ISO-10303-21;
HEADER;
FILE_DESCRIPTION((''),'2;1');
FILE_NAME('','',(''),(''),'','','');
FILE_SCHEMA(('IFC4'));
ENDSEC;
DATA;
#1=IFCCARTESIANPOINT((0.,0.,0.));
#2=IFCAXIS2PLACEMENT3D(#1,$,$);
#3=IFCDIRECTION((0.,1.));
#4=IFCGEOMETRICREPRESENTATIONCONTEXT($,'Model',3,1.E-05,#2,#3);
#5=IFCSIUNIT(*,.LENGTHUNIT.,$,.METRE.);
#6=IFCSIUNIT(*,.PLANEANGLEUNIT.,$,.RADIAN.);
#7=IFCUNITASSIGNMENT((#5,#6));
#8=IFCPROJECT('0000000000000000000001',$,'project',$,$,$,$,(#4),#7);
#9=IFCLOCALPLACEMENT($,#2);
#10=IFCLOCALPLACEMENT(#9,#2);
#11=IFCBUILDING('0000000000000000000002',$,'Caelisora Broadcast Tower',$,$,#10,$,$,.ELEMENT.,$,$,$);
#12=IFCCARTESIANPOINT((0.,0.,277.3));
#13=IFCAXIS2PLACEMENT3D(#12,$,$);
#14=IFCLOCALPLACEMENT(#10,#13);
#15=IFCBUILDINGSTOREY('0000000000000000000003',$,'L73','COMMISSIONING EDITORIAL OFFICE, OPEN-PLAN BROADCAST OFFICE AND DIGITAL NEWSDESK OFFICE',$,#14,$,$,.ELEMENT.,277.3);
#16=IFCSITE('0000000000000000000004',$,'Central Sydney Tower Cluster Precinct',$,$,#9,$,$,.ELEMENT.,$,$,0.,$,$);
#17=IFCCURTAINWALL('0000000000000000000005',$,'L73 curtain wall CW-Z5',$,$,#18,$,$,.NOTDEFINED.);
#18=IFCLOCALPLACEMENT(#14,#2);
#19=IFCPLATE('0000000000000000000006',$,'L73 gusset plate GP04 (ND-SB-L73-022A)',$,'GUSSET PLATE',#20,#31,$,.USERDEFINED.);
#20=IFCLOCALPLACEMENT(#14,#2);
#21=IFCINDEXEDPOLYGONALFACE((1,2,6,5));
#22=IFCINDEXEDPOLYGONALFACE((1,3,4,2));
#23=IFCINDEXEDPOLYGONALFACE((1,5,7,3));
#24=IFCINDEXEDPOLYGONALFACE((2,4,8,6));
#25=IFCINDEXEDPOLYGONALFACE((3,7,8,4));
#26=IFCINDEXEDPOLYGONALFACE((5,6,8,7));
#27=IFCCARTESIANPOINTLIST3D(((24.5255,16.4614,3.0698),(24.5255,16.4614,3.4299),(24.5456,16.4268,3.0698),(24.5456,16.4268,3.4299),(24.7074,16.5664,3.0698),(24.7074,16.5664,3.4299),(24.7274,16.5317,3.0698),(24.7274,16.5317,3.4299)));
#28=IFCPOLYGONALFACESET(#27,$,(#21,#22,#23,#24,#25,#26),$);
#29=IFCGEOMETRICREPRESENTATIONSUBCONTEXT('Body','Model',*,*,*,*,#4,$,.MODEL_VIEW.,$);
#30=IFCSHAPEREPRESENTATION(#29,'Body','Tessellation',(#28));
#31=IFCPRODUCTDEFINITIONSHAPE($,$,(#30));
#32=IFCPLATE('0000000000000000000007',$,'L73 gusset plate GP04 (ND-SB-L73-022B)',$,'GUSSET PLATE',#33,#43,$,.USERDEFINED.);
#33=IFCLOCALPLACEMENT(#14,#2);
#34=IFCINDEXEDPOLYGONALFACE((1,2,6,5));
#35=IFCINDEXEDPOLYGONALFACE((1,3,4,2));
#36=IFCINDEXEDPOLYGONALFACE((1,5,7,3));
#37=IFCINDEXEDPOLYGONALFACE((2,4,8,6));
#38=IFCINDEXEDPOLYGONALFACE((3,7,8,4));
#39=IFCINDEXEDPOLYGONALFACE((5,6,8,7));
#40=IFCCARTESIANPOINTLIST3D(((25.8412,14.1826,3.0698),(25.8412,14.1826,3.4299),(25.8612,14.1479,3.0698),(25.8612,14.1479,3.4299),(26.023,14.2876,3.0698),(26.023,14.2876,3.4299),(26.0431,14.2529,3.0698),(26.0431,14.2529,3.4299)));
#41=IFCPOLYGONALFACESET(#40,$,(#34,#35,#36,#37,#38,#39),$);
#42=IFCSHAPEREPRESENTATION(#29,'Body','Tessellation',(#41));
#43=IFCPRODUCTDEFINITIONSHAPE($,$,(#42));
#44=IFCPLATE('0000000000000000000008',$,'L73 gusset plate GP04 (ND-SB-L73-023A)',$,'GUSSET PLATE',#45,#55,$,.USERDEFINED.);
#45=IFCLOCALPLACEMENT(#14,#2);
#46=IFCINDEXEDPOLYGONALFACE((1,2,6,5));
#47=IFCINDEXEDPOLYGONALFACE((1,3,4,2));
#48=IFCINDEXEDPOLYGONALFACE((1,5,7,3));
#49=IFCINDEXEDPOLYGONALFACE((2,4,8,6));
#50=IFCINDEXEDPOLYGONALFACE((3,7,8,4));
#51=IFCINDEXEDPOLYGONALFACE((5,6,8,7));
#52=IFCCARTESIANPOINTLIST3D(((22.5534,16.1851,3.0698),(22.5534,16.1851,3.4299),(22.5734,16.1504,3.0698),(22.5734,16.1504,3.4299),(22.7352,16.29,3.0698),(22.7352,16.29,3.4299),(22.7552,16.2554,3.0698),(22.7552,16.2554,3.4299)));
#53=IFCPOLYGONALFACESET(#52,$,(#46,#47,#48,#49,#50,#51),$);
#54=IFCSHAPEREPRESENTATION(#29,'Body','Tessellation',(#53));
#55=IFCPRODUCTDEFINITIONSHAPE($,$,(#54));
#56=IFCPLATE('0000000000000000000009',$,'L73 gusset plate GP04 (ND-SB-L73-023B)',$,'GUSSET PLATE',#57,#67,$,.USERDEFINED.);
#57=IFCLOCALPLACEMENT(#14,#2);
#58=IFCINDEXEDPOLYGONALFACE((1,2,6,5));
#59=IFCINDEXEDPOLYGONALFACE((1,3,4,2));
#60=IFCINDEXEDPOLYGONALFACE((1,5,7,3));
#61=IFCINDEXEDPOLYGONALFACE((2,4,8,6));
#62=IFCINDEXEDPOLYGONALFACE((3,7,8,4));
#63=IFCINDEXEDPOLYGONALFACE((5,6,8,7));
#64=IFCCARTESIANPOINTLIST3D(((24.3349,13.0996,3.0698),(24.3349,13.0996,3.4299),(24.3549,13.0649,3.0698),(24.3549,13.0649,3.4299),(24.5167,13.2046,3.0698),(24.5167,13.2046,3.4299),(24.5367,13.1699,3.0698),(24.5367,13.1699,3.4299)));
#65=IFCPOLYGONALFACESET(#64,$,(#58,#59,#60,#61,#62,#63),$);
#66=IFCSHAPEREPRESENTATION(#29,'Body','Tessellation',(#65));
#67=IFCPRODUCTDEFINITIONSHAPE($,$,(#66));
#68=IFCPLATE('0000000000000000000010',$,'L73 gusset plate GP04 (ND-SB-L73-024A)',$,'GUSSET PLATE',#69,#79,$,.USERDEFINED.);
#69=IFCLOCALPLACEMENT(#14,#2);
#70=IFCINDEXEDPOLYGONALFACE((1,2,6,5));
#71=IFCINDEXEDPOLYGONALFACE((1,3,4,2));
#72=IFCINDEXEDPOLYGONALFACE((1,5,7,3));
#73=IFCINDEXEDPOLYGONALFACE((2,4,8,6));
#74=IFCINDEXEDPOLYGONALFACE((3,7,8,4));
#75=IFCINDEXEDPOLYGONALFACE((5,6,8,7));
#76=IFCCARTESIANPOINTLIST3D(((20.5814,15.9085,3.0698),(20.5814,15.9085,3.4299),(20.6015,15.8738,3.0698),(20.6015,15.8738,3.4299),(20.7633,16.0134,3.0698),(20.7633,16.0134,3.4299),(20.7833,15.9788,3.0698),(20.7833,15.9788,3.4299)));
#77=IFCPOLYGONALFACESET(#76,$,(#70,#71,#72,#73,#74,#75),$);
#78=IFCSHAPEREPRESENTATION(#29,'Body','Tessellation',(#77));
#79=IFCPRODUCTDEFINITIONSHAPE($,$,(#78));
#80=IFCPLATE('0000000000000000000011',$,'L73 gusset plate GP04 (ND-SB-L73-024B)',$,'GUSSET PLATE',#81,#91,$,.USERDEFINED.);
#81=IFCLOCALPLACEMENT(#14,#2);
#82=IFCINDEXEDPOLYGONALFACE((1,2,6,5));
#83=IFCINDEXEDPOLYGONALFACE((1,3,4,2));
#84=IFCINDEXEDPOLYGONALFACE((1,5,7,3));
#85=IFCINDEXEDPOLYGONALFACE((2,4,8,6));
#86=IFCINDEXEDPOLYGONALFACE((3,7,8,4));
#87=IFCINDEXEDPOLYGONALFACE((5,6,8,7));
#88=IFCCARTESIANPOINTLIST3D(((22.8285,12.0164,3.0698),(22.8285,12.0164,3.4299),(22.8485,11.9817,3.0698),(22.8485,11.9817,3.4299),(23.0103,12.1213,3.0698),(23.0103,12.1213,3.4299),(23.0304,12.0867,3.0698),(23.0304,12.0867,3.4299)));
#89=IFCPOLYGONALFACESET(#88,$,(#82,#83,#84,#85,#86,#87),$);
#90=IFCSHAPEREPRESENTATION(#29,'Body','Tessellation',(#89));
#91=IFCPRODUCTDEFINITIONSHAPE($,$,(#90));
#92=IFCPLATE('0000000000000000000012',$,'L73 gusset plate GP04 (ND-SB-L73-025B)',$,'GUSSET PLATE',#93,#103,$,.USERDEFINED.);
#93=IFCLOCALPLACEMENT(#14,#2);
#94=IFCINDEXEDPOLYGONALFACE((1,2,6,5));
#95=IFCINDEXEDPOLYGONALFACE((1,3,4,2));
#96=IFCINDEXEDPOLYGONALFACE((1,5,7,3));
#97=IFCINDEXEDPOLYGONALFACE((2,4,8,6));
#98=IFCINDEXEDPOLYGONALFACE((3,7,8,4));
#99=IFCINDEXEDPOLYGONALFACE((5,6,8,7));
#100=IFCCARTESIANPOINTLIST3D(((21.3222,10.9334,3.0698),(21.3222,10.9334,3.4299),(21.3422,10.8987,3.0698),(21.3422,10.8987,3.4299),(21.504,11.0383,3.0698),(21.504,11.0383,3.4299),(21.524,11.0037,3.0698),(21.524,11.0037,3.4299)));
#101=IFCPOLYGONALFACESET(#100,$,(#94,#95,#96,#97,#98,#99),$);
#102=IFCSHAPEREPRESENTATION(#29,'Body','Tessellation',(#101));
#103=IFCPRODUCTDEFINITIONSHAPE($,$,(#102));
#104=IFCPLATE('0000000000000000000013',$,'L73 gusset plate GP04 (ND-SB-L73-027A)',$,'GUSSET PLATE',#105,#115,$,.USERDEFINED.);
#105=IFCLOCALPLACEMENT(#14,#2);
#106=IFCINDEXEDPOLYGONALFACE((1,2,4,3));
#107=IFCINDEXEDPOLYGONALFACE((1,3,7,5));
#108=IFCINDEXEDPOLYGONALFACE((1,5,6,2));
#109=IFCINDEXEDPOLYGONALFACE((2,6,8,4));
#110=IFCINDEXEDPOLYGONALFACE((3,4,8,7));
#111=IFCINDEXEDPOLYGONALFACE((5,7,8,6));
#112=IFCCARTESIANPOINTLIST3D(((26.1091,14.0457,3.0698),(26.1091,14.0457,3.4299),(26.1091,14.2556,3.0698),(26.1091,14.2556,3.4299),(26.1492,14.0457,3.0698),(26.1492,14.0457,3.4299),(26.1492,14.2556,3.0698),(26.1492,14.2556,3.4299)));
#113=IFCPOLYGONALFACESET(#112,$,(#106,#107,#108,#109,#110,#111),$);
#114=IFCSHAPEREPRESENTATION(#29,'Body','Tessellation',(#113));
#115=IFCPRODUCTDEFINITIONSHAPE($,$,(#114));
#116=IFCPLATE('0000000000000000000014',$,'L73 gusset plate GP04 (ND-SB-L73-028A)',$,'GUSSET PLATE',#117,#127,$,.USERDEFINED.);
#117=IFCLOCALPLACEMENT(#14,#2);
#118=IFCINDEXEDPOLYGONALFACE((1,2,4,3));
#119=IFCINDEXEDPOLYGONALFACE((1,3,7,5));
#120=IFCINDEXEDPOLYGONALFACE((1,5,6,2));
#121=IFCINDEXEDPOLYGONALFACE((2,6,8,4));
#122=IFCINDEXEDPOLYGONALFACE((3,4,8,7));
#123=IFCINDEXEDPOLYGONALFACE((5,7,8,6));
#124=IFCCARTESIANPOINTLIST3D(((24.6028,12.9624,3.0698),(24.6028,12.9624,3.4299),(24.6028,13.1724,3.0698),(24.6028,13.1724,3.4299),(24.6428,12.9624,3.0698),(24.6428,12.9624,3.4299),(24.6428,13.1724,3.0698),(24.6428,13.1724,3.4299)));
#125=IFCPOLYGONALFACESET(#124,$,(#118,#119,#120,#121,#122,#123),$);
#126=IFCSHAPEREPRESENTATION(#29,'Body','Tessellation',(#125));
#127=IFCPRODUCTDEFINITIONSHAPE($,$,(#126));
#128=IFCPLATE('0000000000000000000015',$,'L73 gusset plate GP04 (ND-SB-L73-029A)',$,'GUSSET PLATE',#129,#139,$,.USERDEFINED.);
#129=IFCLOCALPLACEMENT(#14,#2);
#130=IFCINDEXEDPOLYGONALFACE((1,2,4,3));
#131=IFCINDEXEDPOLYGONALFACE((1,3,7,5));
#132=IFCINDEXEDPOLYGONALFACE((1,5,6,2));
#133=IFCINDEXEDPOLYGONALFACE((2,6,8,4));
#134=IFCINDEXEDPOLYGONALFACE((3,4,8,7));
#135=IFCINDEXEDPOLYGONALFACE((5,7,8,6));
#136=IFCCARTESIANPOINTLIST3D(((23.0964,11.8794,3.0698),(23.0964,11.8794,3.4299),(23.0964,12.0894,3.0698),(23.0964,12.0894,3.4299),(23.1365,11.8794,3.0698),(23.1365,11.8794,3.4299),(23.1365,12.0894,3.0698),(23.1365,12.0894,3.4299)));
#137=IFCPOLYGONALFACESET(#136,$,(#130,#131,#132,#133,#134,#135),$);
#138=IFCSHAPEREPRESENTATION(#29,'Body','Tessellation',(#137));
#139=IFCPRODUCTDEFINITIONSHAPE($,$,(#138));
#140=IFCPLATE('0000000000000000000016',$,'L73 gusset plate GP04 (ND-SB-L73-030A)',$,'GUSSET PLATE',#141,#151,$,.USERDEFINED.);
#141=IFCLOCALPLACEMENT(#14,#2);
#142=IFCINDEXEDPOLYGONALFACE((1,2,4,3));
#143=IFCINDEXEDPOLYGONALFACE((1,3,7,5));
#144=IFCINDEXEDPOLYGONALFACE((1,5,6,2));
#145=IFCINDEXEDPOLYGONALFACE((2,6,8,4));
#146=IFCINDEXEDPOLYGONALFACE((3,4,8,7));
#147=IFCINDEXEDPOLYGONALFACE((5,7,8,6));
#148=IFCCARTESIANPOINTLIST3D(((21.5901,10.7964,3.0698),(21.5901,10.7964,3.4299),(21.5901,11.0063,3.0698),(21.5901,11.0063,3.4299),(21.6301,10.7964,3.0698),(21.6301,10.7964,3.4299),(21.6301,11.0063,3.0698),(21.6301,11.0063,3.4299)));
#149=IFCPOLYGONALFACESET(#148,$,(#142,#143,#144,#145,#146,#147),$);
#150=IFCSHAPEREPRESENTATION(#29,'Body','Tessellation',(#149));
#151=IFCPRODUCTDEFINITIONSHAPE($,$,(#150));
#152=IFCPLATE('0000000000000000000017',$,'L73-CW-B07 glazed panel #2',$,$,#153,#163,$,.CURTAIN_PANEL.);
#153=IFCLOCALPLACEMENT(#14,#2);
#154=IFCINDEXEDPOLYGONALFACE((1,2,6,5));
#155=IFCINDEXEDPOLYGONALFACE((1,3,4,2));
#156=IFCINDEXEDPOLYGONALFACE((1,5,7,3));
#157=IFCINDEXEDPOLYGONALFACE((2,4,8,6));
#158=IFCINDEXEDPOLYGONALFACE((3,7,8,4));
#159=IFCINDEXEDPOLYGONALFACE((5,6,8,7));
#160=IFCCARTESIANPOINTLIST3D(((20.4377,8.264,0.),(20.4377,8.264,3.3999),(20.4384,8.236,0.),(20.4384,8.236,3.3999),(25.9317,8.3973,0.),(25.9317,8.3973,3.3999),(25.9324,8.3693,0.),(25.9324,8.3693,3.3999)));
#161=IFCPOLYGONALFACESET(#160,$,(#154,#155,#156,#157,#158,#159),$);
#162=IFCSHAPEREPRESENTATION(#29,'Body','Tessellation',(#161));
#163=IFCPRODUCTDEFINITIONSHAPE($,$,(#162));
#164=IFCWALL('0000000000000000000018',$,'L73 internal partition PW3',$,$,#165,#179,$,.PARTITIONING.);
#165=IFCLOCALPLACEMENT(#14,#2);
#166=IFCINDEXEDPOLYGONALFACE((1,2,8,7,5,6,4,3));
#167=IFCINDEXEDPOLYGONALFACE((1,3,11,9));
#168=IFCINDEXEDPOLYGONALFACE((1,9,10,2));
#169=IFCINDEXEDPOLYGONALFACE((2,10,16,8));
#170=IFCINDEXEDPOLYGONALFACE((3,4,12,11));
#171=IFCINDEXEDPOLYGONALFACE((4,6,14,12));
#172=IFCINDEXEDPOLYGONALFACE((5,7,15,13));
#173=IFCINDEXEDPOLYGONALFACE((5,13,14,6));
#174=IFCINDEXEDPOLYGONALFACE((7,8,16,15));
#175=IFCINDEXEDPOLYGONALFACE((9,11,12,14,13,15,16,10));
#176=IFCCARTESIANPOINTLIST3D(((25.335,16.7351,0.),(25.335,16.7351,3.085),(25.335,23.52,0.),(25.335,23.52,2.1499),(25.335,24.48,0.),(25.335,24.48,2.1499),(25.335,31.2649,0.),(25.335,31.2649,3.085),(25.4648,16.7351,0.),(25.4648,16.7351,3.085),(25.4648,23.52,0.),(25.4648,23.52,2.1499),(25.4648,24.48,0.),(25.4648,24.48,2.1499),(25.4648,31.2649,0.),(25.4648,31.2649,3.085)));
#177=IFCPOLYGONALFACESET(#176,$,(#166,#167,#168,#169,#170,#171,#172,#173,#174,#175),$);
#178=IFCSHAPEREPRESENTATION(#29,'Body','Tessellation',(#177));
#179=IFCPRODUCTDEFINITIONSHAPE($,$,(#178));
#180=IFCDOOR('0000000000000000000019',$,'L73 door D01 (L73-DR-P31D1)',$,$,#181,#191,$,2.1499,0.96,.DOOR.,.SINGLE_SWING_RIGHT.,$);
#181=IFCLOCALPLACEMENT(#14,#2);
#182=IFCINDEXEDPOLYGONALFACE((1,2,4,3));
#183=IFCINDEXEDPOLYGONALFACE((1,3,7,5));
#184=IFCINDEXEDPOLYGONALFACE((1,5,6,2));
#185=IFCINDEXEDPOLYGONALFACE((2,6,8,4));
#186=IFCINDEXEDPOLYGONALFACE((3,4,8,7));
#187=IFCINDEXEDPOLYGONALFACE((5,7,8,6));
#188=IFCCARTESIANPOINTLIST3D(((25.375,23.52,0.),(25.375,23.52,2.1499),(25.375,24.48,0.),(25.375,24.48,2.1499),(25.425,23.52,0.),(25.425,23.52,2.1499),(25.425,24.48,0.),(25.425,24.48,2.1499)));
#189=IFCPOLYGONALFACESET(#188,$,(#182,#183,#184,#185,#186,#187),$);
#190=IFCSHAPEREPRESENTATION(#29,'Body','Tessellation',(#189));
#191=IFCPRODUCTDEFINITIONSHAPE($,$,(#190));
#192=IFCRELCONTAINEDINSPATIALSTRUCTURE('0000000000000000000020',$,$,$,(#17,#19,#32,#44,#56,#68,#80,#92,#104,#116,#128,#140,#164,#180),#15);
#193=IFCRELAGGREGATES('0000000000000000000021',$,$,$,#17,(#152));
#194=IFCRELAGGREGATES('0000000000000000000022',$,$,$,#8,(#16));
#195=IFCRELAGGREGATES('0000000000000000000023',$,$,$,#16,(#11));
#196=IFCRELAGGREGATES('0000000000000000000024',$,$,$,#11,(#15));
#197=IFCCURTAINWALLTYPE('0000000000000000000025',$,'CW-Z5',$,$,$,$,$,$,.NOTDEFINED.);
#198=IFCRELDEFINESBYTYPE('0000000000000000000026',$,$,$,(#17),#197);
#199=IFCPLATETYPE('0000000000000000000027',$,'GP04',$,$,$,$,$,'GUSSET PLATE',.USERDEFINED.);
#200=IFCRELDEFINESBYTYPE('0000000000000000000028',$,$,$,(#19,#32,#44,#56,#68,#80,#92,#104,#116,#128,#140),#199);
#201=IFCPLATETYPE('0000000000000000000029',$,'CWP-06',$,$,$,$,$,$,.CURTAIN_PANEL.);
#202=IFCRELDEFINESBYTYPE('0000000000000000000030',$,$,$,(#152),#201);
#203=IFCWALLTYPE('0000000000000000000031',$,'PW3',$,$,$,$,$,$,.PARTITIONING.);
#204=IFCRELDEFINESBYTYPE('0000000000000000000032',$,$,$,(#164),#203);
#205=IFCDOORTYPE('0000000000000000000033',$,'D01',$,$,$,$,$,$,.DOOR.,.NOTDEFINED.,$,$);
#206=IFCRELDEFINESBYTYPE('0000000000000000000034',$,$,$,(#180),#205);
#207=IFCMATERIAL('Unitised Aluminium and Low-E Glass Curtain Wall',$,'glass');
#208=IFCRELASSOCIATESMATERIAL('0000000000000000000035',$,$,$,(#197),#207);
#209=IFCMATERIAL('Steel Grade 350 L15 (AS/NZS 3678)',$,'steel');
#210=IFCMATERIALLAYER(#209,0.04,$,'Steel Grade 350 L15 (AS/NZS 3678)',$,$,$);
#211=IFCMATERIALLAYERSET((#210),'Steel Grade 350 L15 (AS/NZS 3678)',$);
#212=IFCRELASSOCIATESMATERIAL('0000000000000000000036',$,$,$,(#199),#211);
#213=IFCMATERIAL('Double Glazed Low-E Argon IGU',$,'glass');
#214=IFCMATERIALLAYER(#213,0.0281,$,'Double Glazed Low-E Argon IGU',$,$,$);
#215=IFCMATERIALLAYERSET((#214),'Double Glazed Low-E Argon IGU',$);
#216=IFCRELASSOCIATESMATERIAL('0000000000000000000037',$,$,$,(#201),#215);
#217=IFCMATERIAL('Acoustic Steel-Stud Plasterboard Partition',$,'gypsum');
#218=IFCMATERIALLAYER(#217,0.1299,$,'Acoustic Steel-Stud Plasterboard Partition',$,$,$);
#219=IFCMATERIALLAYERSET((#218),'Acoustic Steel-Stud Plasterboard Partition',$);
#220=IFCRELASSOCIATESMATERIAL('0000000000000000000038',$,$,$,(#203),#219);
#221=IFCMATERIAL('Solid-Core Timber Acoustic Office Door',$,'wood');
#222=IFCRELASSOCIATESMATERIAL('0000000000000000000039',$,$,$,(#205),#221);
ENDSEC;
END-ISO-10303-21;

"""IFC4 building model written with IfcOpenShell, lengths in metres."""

from ifc_helpers import new_model, si_unit, direction, frame, frame_2d, origin, origin_2d, place, context, subcontext, project, spatial, rectangle, extrude, source, transform, mapped, material, layer, layer_set, type_object, type_shapes, element, fill, aggregate, save


model = new_model("IFC4")

# Units and contexts
model_context = context("Model", 3, precision=1e-05, world=origin(), true_north=direction((0.0, 1.0)))
body_context = subcontext(model_context, "Body", "Model", "MODEL_VIEW")
ifc_project = project(units=[si_unit("LENGTHUNIT", "METRE"), si_unit("PLANEANGLEUNIT", "RADIAN")], contexts=[model_context])

# Site, building, storey
site_placement = place(None, origin())
site = spatial("IfcSite", under=ifc_project, at=site_placement, Name="Central Sydney Tower Cluster Precinct", CompositionType="ELEMENT", RefElevation=0.0)
building_placement = place(site_placement, origin())
building = spatial("IfcBuilding", under=site, at=building_placement, Name="Caelisora Broadcast Tower", CompositionType="ELEMENT")
storey_placement = place(building_placement, frame((0.0, 0.0, 277.3)))
storey = spatial("IfcBuildingStorey", under=building, at=storey_placement, Name="L73", Description="COMMISSIONING EDITORIAL OFFICE, OPEN-PLAN BROADCAST OFFICE AND DIGITAL NEWSDESK OFFICE", CompositionType="ELEMENT", Elevation=277.3)

# Curtain wall
ifc_material_1 = material(Name="Unitised Aluminium and Low-E Glass Curtain Wall", Category="glass")
curtain_wall_type = type_object("IfcCurtainWallType", Name="CW-Z5", PredefinedType="NOTDEFINED", material=ifc_material_1)
curtain_wall_placement = place(storey_placement, origin())
curtain_wall = element("IfcCurtainWall", 1, at=curtain_wall_placement, inside=storey, type_object=curtain_wall_type, Name="L73 curtain wall CW-Z5", PredefinedType="NOTDEFINED")

# Plates
ifc_material_2 = material(Name="Steel Grade 350 L15 (AS/NZS 3678)", Category="steel")
ifc_layer_1 = layer(ifc_material_2, 0.04, Name="Steel Grade 350 L15 (AS/NZS 3678)")
ifc_layer_set_1 = layer_set([ifc_layer_1], Name="Steel Grade 350 L15 (AS/NZS 3678)")
plate_type_1 = type_object("IfcPlateType", Name="GP04", ElementType="GUSSET PLATE", PredefinedType="USERDEFINED", material=ifc_layer_set_1)
shared_shape_1 = source(origin(), body_context, "Body", "SweptSolid", [
    extrude(rectangle(XDim=0.21, YDim=0.04, at=origin_2d()), origin(), (0.0, 0.0, 1.0), 0.3601),
])
type_shapes(plate_type_1, [shared_shape_1])
for number, where, z_axis, x_axis, name in (
    (2, (24.6265, 16.4966, 3.0698), (0.0, 0.0, 1.0), (0.866025, 0.5, 0.0), "L73 gusset plate GP04 (ND-SB-L73-022A)"),
    (3, (25.9421, 14.2178, 3.0698), (0.0, 0.0, 1.0), (0.866025, 0.5, 0.0), "L73 gusset plate GP04 (ND-SB-L73-022B)"),
    (4, (22.6543, 16.2202, 3.0698), (0.0, 0.0, 1.0), (0.866025, 0.5, 0.0), "L73 gusset plate GP04 (ND-SB-L73-023A)"),
    (5, (24.4358, 13.1348, 3.0698), (0.0, 0.0, 1.0), (0.866025, 0.5, 0.0), "L73 gusset plate GP04 (ND-SB-L73-023B)"),
    (6, (20.6824, 15.9436, 3.0698), (0.0, 0.0, 1.0), (0.866025, 0.5, 0.0), "L73 gusset plate GP04 (ND-SB-L73-024A)"),
    (7, (22.9294, 12.0515, 3.0698), (0.0, 0.0, 1.0), (0.866025, 0.5, 0.0), "L73 gusset plate GP04 (ND-SB-L73-024B)"),
    (8, (21.4231, 10.9685, 3.0698), (0.0, 0.0, 1.0), (0.866025, 0.5, 0.0), "L73 gusset plate GP04 (ND-SB-L73-025B)"),
    (9, (26.1292, 14.1506, 3.0698), (0.0, 0.0, 1.0), (0.0, 1.0, 0.0), "L73 gusset plate GP04 (ND-SB-L73-027A)"),
    (10, (24.6228, 13.0674, 3.0698), (0.0, 0.0, 1.0), (0.0, 1.0, 0.0), "L73 gusset plate GP04 (ND-SB-L73-028A)"),
    (11, (23.1165, 11.9844, 3.0698), (0.0, 0.0, 1.0), (0.0, 1.0, 0.0), "L73 gusset plate GP04 (ND-SB-L73-029A)"),
    (12, (21.6101, 10.9014, 3.0698), (0.0, 0.0, 1.0), (0.0, 1.0, 0.0), "L73 gusset plate GP04 (ND-SB-L73-030A)"),
):
    element("IfcPlate", number, at=place(storey_placement, frame(where, z_axis=z_axis, x_axis=x_axis)), inside=storey, type_object=plate_type_1, Name=name, ObjectType="GUSSET PLATE", PredefinedType="USERDEFINED", context=body_context, shape_type="MappedRepresentation", body=[
        mapped(shared_shape_1, transform((0.0, 0.0, 0.0), scale=1.0)),
    ])

# Plate
ifc_material_3 = material(Name="Double Glazed Low-E Argon IGU", Category="glass")
ifc_layer_2 = layer(ifc_material_3, 0.0281, Name="Double Glazed Low-E Argon IGU")
ifc_layer_set_2 = layer_set([ifc_layer_2], Name="Double Glazed Low-E Argon IGU")
plate_type_2 = type_object("IfcPlateType", Name="CWP-06", PredefinedType="CURTAIN_PANEL", material=ifc_layer_set_2)
shared_shape_2 = source(origin(), body_context, "Body", "SweptSolid", [
    extrude(rectangle(XDim=5.4956, YDim=0.0281, at=origin_2d()), origin(), (0.0, 0.0, 1.0), 3.3999),
])
type_shapes(plate_type_2, [shared_shape_2])
plate_placement = place(storey_placement, frame((23.1851, 8.3167, 0.0), z_axis=(0.0, 0.0, 1.0), x_axis=(-0.999706, -0.024258, 0.0)))
plate = element("IfcPlate", 13, at=plate_placement, type_object=plate_type_2, Name="L73-CW-B07 glazed panel #2", PredefinedType="CURTAIN_PANEL", context=body_context, shape_type="MappedRepresentation", body=[
    mapped(shared_shape_2, transform((0.0, 0.0, 0.0), scale=1.0)),
])
aggregate(curtain_wall, [plate])

# Wall, opening, door
ifc_material_4 = material(Name="Acoustic Steel-Stud Plasterboard Partition", Category="gypsum")
ifc_layer_3 = layer(ifc_material_4, 0.1299, Name="Acoustic Steel-Stud Plasterboard Partition")
ifc_layer_set_3 = layer_set([ifc_layer_3], Name="Acoustic Steel-Stud Plasterboard Partition")
wall_type = type_object("IfcWallType", Name="PW3", PredefinedType="PARTITIONING", material=ifc_layer_set_3)
wall_1_placement = place(storey_placement, frame((25.3999, 16.7351, 0.0), z_axis=(0.0, 0.0, 1.0), x_axis=(0.0, 1.0, 0.0)))
wall_1 = element("IfcWall", 14, at=wall_1_placement, inside=storey, type_object=wall_type, Name="L73 internal partition PW3", PredefinedType="PARTITIONING", context=body_context, shape_type="SweptSolid", body=[
    extrude(rectangle(XDim=14.5298, YDim=0.1299, at=frame_2d((7.2649, 0.0))), origin(), (0.0, 0.0, 1.0), 3.085),
])
opening_1_placement = place(wall_1_placement, frame((6.7849, 0.0, 0.0)))
opening_1 = element("IfcOpeningElement", 15, at=opening_1_placement, cuts=wall_1, PredefinedType="OPENING", context=body_context, shape_type="SweptSolid", body=[
    extrude(rectangle(XDim=0.96, YDim=2.1499, at=frame_2d((0.48, 1.075))), frame((0.0, 0.0769, 0.0), z_axis=(0.0, -1.0, 0.0), x_axis=(1.0, 0.0, 0.0)), (0.0, 0.0, 1.0), 0.1538),
])
ifc_material_5 = material(Name="Solid-Core Timber Acoustic Office Door", Category="wood")
door_type = type_object("IfcDoorType", Name="D01", OperationType="NOTDEFINED", PredefinedType="DOOR", material=ifc_material_5)
door_1_placement = place(opening_1_placement, origin())
door_1 = element("IfcDoor", 16, at=door_1_placement, inside=storey, type_object=door_type, Name="L73 door D01 (L73-DR-P31D1)", OperationType="SINGLE_SWING_RIGHT", OverallHeight=2.1499, OverallWidth=0.96, PredefinedType="DOOR", context=body_context, shape_type="SweptSolid", body=[
    extrude(rectangle(XDim=0.96, YDim=2.1499, at=frame_2d((0.48, 1.075))), frame((0.0, 0.0249, 0.0), z_axis=(0.0, -1.0, 0.0), x_axis=(1.0, 0.0, 0.0)), (0.0, 0.0, 1.0), 0.05),
])
fill(opening_1, door_1)

save(model, "model.ifc")
